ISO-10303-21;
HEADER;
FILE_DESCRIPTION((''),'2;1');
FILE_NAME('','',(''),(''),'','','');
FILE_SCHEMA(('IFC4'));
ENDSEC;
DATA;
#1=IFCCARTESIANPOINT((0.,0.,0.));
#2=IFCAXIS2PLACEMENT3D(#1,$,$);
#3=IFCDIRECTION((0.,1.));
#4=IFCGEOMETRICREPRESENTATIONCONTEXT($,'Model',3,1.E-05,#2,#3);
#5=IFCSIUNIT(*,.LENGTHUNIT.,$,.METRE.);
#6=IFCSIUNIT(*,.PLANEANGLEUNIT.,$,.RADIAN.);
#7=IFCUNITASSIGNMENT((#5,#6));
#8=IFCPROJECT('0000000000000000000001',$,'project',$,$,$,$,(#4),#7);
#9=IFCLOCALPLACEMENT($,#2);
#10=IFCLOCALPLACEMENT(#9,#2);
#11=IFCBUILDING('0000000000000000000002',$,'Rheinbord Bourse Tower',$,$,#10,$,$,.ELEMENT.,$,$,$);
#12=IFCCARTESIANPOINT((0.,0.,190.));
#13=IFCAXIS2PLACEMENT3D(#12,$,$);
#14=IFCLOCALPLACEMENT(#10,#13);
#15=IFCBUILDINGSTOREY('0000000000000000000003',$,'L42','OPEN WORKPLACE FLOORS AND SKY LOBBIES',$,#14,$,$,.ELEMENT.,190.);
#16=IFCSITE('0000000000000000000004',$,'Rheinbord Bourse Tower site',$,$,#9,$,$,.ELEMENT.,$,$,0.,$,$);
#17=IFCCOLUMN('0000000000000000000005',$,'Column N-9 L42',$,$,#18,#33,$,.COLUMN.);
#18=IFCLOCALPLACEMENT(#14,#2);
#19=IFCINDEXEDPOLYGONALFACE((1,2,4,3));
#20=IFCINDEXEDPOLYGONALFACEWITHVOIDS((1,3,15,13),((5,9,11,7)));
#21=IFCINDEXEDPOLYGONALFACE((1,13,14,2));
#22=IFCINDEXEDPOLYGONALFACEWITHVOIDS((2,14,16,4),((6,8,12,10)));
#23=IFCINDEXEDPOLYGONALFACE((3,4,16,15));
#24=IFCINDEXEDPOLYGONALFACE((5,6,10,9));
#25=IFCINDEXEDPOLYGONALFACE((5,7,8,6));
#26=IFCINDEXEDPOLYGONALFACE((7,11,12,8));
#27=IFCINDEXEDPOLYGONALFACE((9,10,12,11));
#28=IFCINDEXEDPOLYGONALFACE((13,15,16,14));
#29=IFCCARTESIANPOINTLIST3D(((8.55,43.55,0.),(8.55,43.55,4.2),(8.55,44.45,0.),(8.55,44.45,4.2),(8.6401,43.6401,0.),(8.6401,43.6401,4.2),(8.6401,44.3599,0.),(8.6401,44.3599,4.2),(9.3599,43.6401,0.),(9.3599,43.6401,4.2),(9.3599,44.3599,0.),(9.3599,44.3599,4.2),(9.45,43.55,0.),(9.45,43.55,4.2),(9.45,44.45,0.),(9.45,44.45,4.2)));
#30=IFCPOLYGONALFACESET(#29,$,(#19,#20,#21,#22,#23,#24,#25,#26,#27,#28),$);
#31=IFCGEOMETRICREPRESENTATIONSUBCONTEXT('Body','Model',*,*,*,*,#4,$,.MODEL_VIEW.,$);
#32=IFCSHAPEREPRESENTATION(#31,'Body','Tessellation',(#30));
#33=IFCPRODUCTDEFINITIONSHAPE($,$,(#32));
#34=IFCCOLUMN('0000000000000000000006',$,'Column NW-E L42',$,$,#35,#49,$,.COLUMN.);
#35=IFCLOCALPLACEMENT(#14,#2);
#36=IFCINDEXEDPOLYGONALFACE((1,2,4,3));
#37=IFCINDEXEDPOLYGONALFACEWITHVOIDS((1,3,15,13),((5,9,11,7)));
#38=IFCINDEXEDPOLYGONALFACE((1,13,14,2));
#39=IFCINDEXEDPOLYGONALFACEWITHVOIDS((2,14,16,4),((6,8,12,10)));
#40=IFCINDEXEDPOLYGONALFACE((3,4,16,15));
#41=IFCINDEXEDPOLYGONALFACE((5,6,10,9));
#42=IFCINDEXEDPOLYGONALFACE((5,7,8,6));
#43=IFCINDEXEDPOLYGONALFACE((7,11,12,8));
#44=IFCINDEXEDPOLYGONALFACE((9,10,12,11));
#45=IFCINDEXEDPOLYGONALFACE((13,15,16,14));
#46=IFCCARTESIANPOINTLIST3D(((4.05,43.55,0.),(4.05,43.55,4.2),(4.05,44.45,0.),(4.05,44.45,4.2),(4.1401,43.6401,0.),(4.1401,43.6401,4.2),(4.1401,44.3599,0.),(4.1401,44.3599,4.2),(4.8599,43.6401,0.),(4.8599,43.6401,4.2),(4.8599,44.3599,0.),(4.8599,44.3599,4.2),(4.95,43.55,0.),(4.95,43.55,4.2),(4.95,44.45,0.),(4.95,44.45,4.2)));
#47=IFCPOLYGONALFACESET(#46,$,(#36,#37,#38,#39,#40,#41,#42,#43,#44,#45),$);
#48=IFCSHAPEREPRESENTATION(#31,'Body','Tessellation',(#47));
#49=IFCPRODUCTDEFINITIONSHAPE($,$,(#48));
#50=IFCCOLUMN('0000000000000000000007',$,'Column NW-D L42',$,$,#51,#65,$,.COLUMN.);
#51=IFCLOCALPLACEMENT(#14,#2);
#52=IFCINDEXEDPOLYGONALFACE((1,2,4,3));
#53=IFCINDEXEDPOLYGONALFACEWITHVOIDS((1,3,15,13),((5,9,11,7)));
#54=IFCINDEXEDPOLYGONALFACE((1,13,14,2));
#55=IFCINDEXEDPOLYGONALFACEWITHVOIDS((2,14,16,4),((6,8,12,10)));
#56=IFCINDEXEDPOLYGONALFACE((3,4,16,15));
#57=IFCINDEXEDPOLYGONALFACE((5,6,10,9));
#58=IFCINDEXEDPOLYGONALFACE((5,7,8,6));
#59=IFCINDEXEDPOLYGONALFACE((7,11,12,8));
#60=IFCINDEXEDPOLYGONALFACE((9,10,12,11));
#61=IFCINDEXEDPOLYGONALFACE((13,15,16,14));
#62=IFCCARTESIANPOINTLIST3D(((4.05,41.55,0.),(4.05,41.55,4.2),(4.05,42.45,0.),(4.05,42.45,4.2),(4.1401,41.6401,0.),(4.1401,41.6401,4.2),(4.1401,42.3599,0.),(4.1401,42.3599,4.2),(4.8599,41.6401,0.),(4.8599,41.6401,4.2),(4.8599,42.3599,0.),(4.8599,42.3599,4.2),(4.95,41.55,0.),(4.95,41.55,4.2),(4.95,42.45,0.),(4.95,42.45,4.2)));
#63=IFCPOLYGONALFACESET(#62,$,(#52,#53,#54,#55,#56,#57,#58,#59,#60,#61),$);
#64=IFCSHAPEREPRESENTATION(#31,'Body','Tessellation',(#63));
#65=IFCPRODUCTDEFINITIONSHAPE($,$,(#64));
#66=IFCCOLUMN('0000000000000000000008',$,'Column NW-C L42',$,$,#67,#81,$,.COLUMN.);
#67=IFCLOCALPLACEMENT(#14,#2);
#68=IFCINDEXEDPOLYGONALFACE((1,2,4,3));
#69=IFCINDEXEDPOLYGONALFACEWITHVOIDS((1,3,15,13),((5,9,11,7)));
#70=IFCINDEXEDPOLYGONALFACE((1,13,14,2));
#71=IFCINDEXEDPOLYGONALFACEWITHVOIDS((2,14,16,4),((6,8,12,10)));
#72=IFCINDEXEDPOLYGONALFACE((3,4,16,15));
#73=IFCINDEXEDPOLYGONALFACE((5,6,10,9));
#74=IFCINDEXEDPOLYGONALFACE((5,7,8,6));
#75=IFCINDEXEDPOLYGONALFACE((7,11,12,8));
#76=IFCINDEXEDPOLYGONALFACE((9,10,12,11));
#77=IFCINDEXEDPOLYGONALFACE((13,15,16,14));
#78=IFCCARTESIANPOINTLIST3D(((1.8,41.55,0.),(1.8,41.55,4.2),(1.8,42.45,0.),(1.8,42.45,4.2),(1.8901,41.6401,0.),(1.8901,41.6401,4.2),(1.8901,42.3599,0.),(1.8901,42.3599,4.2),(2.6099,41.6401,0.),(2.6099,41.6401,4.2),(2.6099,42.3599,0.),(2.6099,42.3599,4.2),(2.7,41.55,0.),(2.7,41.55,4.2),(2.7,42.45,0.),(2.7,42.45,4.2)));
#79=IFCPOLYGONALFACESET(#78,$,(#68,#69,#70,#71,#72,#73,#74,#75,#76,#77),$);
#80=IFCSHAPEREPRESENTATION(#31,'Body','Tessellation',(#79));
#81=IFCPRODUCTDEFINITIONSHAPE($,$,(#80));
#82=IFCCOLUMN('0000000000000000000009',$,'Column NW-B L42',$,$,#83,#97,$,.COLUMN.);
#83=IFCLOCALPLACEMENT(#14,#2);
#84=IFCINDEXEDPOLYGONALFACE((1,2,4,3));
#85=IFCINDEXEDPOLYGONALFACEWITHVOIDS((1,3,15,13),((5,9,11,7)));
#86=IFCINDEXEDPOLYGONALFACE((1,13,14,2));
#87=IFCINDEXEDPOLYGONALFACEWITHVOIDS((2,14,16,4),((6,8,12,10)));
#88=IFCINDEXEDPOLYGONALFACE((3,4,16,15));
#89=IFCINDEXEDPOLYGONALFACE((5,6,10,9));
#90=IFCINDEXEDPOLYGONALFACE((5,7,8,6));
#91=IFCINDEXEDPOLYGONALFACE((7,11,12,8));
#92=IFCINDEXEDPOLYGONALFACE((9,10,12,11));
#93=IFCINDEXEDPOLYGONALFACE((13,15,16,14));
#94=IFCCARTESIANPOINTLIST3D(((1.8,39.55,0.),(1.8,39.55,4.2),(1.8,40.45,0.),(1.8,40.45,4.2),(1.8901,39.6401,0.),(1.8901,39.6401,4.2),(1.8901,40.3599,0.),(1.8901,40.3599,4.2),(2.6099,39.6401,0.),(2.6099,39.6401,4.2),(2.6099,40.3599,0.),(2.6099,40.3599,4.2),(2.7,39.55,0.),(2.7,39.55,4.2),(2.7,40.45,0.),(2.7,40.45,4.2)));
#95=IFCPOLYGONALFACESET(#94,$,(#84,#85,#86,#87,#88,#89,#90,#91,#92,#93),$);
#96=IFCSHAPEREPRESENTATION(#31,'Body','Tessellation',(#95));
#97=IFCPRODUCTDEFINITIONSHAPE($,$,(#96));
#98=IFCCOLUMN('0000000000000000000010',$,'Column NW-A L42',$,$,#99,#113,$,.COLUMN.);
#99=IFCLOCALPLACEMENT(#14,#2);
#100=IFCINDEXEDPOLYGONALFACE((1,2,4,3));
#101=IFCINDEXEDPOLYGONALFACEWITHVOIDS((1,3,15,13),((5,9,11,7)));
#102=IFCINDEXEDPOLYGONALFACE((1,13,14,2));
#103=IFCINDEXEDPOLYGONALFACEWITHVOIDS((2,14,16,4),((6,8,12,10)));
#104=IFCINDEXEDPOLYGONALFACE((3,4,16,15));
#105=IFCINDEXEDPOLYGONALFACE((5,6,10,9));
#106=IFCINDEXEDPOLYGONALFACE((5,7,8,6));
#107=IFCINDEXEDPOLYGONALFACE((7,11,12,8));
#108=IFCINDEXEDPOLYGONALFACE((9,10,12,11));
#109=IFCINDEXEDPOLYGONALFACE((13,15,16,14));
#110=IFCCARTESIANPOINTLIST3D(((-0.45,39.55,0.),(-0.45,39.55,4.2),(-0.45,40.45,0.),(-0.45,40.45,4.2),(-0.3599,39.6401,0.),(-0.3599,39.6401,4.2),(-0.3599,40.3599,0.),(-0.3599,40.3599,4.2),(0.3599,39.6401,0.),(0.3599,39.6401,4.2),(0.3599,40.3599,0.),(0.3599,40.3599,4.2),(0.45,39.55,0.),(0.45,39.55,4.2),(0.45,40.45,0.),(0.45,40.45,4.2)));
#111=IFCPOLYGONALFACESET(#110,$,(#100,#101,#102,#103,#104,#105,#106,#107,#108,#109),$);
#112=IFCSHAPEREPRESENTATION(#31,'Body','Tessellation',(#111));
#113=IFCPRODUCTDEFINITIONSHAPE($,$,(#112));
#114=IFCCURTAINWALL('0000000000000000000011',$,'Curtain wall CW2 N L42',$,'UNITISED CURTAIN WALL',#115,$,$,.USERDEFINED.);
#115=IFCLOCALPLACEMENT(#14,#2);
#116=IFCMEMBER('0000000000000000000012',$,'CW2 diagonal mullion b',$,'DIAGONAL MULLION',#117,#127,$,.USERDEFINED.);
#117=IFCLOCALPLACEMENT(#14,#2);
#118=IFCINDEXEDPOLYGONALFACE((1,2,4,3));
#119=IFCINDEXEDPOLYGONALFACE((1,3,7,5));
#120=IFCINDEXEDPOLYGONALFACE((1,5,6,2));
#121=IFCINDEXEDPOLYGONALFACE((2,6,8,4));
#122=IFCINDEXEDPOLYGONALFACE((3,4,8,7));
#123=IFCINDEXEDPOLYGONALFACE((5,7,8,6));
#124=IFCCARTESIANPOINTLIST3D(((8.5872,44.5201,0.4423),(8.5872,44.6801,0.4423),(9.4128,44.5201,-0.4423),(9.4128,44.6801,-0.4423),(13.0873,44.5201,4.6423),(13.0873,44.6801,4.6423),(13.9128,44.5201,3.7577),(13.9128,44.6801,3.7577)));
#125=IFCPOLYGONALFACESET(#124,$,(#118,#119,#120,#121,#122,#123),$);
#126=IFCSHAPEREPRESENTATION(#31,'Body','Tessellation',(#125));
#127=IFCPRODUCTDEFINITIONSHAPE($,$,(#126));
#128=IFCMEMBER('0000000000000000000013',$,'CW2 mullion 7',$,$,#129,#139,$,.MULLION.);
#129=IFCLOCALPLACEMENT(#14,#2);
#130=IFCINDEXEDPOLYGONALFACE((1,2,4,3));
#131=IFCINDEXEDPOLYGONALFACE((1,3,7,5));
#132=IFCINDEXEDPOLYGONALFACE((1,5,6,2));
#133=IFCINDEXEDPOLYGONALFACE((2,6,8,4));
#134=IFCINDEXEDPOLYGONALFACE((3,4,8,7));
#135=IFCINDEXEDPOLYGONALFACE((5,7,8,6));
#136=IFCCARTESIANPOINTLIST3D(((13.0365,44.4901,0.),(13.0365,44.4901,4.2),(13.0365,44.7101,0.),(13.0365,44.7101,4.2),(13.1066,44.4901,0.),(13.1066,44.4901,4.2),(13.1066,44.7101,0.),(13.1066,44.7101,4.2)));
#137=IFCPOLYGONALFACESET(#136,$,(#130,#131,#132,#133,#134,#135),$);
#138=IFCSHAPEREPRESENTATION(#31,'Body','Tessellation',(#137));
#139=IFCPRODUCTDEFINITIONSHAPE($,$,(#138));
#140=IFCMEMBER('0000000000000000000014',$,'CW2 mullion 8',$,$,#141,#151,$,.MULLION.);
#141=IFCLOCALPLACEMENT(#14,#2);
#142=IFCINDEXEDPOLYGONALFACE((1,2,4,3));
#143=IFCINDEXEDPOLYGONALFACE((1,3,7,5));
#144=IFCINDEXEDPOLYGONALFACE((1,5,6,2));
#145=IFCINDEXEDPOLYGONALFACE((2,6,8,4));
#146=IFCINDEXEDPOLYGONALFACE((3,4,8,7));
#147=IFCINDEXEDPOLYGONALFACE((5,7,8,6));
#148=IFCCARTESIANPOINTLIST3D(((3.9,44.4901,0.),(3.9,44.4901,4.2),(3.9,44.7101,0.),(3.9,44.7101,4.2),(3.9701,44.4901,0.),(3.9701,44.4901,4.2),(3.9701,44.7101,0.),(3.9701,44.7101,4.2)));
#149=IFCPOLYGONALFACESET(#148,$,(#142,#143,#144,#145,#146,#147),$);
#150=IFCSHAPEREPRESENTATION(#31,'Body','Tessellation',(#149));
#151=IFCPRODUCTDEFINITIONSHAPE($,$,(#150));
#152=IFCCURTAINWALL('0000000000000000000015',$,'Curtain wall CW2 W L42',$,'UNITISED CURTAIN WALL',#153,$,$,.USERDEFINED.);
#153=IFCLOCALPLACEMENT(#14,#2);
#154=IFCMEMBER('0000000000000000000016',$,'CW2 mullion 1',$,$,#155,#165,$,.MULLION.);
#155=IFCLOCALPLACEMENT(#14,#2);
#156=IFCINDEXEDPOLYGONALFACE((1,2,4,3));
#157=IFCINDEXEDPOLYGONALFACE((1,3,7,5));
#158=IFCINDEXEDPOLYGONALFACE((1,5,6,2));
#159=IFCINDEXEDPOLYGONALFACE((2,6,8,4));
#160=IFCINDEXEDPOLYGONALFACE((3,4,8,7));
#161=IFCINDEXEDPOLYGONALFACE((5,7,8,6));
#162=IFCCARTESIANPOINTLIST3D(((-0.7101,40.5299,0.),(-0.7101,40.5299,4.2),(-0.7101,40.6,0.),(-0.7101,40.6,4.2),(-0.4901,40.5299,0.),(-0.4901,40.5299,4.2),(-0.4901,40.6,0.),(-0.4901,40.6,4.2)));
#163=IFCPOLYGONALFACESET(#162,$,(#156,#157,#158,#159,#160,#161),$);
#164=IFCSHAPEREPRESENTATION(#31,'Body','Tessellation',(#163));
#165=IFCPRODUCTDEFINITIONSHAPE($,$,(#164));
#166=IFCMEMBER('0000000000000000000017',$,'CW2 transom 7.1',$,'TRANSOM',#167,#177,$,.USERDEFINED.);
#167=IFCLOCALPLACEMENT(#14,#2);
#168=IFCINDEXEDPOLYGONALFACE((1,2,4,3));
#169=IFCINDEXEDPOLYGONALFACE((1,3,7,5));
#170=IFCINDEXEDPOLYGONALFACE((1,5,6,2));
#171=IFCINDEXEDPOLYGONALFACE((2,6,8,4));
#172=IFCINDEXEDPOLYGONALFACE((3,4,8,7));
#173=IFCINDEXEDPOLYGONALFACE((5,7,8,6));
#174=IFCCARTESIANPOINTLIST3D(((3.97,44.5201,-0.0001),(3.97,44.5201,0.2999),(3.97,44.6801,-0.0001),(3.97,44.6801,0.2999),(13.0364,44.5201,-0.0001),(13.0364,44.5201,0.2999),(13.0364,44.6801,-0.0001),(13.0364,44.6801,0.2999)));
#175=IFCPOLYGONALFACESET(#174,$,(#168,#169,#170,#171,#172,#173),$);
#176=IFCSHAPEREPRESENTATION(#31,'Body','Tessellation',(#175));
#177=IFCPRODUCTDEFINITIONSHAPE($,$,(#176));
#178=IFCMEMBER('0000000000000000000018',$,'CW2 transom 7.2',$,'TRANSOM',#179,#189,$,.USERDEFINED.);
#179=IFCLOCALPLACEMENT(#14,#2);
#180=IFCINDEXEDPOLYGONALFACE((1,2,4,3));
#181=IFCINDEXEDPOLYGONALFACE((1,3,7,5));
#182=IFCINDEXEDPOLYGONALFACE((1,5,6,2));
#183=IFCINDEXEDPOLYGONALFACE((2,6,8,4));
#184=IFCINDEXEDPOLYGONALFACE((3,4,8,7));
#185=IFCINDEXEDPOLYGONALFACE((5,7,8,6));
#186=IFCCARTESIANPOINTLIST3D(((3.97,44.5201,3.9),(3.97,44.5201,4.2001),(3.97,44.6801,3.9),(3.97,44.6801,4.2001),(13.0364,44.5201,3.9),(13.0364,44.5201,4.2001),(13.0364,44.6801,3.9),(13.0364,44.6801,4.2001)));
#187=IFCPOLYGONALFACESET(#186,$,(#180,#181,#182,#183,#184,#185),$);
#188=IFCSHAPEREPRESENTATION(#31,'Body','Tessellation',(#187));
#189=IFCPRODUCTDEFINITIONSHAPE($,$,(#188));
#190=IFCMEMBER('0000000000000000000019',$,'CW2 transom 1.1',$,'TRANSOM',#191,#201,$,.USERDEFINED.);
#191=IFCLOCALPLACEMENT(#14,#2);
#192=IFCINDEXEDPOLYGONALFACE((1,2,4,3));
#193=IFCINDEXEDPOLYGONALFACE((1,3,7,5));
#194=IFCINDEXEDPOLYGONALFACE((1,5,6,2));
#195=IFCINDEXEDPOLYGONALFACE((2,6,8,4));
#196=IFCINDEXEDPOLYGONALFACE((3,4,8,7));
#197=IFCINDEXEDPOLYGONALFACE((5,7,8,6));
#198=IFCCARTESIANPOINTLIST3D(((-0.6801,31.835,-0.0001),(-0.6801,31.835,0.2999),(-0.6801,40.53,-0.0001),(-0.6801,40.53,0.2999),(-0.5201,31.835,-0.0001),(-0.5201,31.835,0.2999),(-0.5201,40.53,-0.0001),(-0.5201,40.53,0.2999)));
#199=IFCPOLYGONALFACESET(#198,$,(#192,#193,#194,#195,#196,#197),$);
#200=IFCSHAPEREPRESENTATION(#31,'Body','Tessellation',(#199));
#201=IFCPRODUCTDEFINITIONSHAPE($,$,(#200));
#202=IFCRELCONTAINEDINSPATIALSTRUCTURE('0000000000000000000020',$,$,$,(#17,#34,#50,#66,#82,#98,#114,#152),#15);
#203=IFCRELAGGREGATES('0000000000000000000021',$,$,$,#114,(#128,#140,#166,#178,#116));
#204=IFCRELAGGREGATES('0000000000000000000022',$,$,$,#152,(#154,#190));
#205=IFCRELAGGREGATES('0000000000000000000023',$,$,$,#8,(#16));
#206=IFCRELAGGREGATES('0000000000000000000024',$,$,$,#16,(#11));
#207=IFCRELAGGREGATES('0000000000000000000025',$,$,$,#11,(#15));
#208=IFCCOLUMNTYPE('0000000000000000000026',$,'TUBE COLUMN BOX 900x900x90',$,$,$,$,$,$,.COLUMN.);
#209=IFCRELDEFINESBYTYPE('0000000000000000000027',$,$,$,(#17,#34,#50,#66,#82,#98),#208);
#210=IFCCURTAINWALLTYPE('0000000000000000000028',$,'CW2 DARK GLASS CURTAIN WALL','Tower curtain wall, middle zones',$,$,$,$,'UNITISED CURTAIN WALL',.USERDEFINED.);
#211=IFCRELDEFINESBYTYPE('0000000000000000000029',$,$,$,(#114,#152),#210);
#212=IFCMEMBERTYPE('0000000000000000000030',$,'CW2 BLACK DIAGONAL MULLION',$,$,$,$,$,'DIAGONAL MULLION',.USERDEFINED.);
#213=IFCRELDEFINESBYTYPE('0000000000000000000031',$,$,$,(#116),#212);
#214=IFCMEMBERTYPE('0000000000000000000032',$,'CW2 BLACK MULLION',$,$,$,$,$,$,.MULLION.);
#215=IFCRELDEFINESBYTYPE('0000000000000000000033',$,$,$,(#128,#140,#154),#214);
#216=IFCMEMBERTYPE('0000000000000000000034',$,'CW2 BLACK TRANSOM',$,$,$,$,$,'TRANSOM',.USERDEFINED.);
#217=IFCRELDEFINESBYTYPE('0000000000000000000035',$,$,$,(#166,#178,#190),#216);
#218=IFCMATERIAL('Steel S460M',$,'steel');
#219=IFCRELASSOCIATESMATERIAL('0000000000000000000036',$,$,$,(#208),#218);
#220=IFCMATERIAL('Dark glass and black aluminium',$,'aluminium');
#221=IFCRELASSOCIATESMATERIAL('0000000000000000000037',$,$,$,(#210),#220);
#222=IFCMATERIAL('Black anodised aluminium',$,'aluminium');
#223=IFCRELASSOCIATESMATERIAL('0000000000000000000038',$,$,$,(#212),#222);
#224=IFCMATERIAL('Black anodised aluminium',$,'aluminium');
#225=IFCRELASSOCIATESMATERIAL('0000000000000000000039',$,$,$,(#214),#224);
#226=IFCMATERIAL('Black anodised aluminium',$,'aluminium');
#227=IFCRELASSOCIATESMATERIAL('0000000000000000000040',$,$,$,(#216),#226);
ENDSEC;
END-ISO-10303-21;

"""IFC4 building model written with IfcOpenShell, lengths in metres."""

from ifc_helpers import new_model, si_unit, direction, frame, origin, origin_2d, place, context, subcontext, project, spatial, rectangle, hollow_rectangle, extrude, material, material_profile, profile_set, type_object, element, aggregate, save


model = new_model("IFC4")

# Units and contexts
model_context = context("Model", 3, precision=1e-05, world=origin(), true_north=direction((0.0, 1.0)))
body_context = subcontext(model_context, "Body", "Model", "MODEL_VIEW")
ifc_project = project(units=[si_unit("LENGTHUNIT", "METRE"), si_unit("PLANEANGLEUNIT", "RADIAN")], contexts=[model_context])

# Site, building, storey
site_placement = place(None, origin())
site = spatial("IfcSite", under=ifc_project, at=site_placement, Name="Rheinbord Bourse Tower site", CompositionType="ELEMENT", RefElevation=0.0)
building_placement = place(site_placement, origin())
building = spatial("IfcBuilding", under=site, at=building_placement, Name="Rheinbord Bourse Tower", CompositionType="ELEMENT")
storey_placement = place(building_placement, frame((0.0, 0.0, 190.0)))
storey = spatial("IfcBuildingStorey", under=building, at=storey_placement, Name="L42", Description="OPEN WORKPLACE FLOORS AND SKY LOBBIES", CompositionType="ELEMENT", Elevation=190.0)

# Columns
ifc_material_1 = material(Name="Steel S460M", Category="steel")
ifc_material_profile_1 = material_profile(ifc_material_1, hollow_rectangle(XDim=0.8999, YDim=0.8999, WallThickness=0.0901, at=origin_2d()), Name="BOX 900x900x90")
ifc_profile_set_1 = profile_set([ifc_material_profile_1], Name="Steel S460M")
column_type = type_object("IfcColumnType", Name="TUBE COLUMN BOX 900x900x90", PredefinedType="COLUMN", material=ifc_profile_set_1)
for number, where, z_axis, x_axis, name in (
    (1, (9.0, 44.0, 0.0), (0.0, 0.0, 1.0), (0.0, 1.0, 0.0), "Column N-9 L42"),
    (2, (4.5, 44.0, 0.0), (0.0, 0.0, 1.0), (0.0, 1.0, 0.0), "Column NW-E L42"),
    (3, (4.5, 42.0, 0.0), (0.0, 0.0, 1.0), (0.0, 1.0, 0.0), "Column NW-D L42"),
    (4, (2.25, 42.0, 0.0), (0.0, 0.0, 1.0), (1.0, 0.0, 0.0), "Column NW-C L42"),
    (5, (2.25, 40.0, 0.0), (0.0, 0.0, 1.0), (1.0, 0.0, 0.0), "Column NW-B L42"),
    (6, (0.0, 40.0, 0.0), (0.0, 0.0, 1.0), (1.0, 0.0, 0.0), "Column NW-A L42"),
):
    element("IfcColumn", number, at=place(storey_placement, frame(where, z_axis=z_axis, x_axis=x_axis)), inside=storey, type_object=column_type, Name=name, PredefinedType="COLUMN", context=body_context, shape_type="SweptSolid", body=[
        extrude(hollow_rectangle(XDim=0.8999, YDim=0.8999, WallThickness=0.0901, at=origin_2d()), origin(), (0.0, 0.0, 1.0), 4.2),
    ])

# Curtain wall, members
ifc_material_2 = material(Name="Dark glass and black aluminium", Category="aluminium")
curtain_wall_type = type_object("IfcCurtainWallType", Name="CW2 DARK GLASS CURTAIN WALL", Description="Tower curtain wall, middle zones", ElementType="UNITISED CURTAIN WALL", PredefinedType="USERDEFINED", material=ifc_material_2)
curtain_wall_1_placement = place(storey_placement, origin())
curtain_wall_1 = element("IfcCurtainWall", 7, at=curtain_wall_1_placement, inside=storey, type_object=curtain_wall_type, Name="Curtain wall CW2 N L42", ObjectType="UNITISED CURTAIN WALL", PredefinedType="USERDEFINED")
ifc_material_3 = material(Name="Black anodised aluminium", Category="aluminium")
ifc_material_profile_2 = material_profile(ifc_material_3, rectangle(XDim=0.1599, YDim=1.21, at=origin_2d()), Name="CW2 DIAGONAL MULLION 1210x160")
ifc_profile_set_2 = profile_set([ifc_material_profile_2], Name="Black anodised aluminium")
member_type_1 = type_object("IfcMemberType", Name="CW2 BLACK DIAGONAL MULLION", ElementType="DIAGONAL MULLION", PredefinedType="USERDEFINED", material=ifc_profile_set_2)
member_1_placement = place(storey_placement, frame((9.0, 44.6001, 0.0), z_axis=(0.731059, 0.0, 0.682314), x_axis=(0.0, 1.0, 0.0)))
member_1 = element("IfcMember", 8, at=member_1_placement, type_object=member_type_1, Name="CW2 diagonal mullion b", ObjectType="DIAGONAL MULLION", PredefinedType="USERDEFINED", context=body_context, shape_type="SweptSolid", body=[
    extrude(rectangle(XDim=0.1599, YDim=1.21, at=origin_2d()), origin(), (0.0, 0.0, 1.0), 6.1555),
])
ifc_material_4 = material(Name="Black anodised aluminium", Category="aluminium")
ifc_material_profile_3 = material_profile(ifc_material_4, rectangle(XDim=0.22, YDim=0.0701, at=origin_2d()), Name="CW2 MULLION 70x220")
ifc_profile_set_3 = profile_set([ifc_material_profile_3], Name="Black anodised aluminium")
member_type_2 = type_object("IfcMemberType", Name="CW2 BLACK MULLION", PredefinedType="MULLION", material=ifc_profile_set_3)
member_2_placement = place(storey_placement, frame((13.0715, 44.6001, 0.0), z_axis=(0.0, 0.0, 1.0), x_axis=(0.0, -1.0, 0.0)))
member_2 = element("IfcMember", 9, at=member_2_placement, type_object=member_type_2, Name="CW2 mullion 7", PredefinedType="MULLION", context=body_context, shape_type="SweptSolid", body=[
    extrude(rectangle(XDim=0.22, YDim=0.0701, at=origin_2d()), origin(), (0.0, 0.0, 1.0), 4.2),
])
member_3_placement = place(storey_placement, frame((3.9351, 44.6001, 0.0), z_axis=(0.0, 0.0, 1.0), x_axis=(0.0, -1.0, 0.0)))
member_3 = element("IfcMember", 10, at=member_3_placement, type_object=member_type_2, Name="CW2 mullion 8", PredefinedType="MULLION", context=body_context, shape_type="SweptSolid", body=[
    extrude(rectangle(XDim=0.22, YDim=0.0701, at=origin_2d()), origin(), (0.0, 0.0, 1.0), 4.2),
])

# Curtain wall, member
curtain_wall_2_placement = place(storey_placement, origin())
curtain_wall_2 = element("IfcCurtainWall", 11, at=curtain_wall_2_placement, inside=storey, type_object=curtain_wall_type, Name="Curtain wall CW2 W L42", ObjectType="UNITISED CURTAIN WALL", PredefinedType="USERDEFINED")
member_4_placement = place(storey_placement, frame((-0.6001, 40.5649, 0.0), z_axis=(0.0, 0.0, 1.0), x_axis=(1.0, 0.0, 0.0)))
member_4 = element("IfcMember", 12, at=member_4_placement, type_object=member_type_2, Name="CW2 mullion 1", PredefinedType="MULLION", context=body_context, shape_type="SweptSolid", body=[
    extrude(rectangle(XDim=0.22, YDim=0.0701, at=origin_2d()), origin(), (0.0, 0.0, 1.0), 4.2),
])

# Members
ifc_material_5 = material(Name="Black anodised aluminium", Category="aluminium")
ifc_material_profile_4 = material_profile(ifc_material_5, rectangle(XDim=0.1599, YDim=0.3, at=origin_2d()), Name="CW2 TRANSOM 300x160")
ifc_profile_set_4 = profile_set([ifc_material_profile_4], Name="Black anodised aluminium")
member_type_3 = type_object("IfcMemberType", Name="CW2 BLACK TRANSOM", ElementType="TRANSOM", PredefinedType="USERDEFINED", material=ifc_profile_set_4)
member_5_placement = place(storey_placement, frame((13.0364, 44.6001, 0.1499), z_axis=(-1.0, 0.0, 0.0), x_axis=(0.0, -1.0, 0.0)))
member_5 = element("IfcMember", 13, at=member_5_placement, type_object=member_type_3, Name="CW2 transom 7.1", ObjectType="TRANSOM", PredefinedType="USERDEFINED", context=body_context, shape_type="SweptSolid", body=[
    extrude(rectangle(XDim=0.1599, YDim=0.3, at=origin_2d()), origin(), (0.0, 0.0, 1.0), 9.0664),
])
member_6_placement = place(storey_placement, frame((13.0364, 44.6001, 4.05), z_axis=(-1.0, 0.0, 0.0), x_axis=(0.0, -1.0, 0.0)))
member_6 = element("IfcMember", 14, at=member_6_placement, type_object=member_type_3, Name="CW2 transom 7.2", ObjectType="TRANSOM", PredefinedType="USERDEFINED", context=body_context, shape_type="SweptSolid", body=[
    extrude(rectangle(XDim=0.1599, YDim=0.3, at=origin_2d()), origin(), (0.0, 0.0, 1.0), 9.0664),
])
member_7_placement = place(storey_placement, frame((-0.6001, 40.53, 0.1499), z_axis=(0.0, -1.0, 0.0), x_axis=(1.0, 0.0, 0.0)))
member_7 = element("IfcMember", 15, at=member_7_placement, type_object=member_type_3, Name="CW2 transom 1.1", ObjectType="TRANSOM", PredefinedType="USERDEFINED", context=body_context, shape_type="SweptSolid", body=[
    extrude(rectangle(XDim=0.1599, YDim=0.3, at=origin_2d()), origin(), (0.0, 0.0, 1.0), 8.6951),
])

aggregate(curtain_wall_1, [member_2, member_3, member_5, member_6, member_1])
aggregate(curtain_wall_2, [member_4, member_7])

save(model, "model.ifc")
